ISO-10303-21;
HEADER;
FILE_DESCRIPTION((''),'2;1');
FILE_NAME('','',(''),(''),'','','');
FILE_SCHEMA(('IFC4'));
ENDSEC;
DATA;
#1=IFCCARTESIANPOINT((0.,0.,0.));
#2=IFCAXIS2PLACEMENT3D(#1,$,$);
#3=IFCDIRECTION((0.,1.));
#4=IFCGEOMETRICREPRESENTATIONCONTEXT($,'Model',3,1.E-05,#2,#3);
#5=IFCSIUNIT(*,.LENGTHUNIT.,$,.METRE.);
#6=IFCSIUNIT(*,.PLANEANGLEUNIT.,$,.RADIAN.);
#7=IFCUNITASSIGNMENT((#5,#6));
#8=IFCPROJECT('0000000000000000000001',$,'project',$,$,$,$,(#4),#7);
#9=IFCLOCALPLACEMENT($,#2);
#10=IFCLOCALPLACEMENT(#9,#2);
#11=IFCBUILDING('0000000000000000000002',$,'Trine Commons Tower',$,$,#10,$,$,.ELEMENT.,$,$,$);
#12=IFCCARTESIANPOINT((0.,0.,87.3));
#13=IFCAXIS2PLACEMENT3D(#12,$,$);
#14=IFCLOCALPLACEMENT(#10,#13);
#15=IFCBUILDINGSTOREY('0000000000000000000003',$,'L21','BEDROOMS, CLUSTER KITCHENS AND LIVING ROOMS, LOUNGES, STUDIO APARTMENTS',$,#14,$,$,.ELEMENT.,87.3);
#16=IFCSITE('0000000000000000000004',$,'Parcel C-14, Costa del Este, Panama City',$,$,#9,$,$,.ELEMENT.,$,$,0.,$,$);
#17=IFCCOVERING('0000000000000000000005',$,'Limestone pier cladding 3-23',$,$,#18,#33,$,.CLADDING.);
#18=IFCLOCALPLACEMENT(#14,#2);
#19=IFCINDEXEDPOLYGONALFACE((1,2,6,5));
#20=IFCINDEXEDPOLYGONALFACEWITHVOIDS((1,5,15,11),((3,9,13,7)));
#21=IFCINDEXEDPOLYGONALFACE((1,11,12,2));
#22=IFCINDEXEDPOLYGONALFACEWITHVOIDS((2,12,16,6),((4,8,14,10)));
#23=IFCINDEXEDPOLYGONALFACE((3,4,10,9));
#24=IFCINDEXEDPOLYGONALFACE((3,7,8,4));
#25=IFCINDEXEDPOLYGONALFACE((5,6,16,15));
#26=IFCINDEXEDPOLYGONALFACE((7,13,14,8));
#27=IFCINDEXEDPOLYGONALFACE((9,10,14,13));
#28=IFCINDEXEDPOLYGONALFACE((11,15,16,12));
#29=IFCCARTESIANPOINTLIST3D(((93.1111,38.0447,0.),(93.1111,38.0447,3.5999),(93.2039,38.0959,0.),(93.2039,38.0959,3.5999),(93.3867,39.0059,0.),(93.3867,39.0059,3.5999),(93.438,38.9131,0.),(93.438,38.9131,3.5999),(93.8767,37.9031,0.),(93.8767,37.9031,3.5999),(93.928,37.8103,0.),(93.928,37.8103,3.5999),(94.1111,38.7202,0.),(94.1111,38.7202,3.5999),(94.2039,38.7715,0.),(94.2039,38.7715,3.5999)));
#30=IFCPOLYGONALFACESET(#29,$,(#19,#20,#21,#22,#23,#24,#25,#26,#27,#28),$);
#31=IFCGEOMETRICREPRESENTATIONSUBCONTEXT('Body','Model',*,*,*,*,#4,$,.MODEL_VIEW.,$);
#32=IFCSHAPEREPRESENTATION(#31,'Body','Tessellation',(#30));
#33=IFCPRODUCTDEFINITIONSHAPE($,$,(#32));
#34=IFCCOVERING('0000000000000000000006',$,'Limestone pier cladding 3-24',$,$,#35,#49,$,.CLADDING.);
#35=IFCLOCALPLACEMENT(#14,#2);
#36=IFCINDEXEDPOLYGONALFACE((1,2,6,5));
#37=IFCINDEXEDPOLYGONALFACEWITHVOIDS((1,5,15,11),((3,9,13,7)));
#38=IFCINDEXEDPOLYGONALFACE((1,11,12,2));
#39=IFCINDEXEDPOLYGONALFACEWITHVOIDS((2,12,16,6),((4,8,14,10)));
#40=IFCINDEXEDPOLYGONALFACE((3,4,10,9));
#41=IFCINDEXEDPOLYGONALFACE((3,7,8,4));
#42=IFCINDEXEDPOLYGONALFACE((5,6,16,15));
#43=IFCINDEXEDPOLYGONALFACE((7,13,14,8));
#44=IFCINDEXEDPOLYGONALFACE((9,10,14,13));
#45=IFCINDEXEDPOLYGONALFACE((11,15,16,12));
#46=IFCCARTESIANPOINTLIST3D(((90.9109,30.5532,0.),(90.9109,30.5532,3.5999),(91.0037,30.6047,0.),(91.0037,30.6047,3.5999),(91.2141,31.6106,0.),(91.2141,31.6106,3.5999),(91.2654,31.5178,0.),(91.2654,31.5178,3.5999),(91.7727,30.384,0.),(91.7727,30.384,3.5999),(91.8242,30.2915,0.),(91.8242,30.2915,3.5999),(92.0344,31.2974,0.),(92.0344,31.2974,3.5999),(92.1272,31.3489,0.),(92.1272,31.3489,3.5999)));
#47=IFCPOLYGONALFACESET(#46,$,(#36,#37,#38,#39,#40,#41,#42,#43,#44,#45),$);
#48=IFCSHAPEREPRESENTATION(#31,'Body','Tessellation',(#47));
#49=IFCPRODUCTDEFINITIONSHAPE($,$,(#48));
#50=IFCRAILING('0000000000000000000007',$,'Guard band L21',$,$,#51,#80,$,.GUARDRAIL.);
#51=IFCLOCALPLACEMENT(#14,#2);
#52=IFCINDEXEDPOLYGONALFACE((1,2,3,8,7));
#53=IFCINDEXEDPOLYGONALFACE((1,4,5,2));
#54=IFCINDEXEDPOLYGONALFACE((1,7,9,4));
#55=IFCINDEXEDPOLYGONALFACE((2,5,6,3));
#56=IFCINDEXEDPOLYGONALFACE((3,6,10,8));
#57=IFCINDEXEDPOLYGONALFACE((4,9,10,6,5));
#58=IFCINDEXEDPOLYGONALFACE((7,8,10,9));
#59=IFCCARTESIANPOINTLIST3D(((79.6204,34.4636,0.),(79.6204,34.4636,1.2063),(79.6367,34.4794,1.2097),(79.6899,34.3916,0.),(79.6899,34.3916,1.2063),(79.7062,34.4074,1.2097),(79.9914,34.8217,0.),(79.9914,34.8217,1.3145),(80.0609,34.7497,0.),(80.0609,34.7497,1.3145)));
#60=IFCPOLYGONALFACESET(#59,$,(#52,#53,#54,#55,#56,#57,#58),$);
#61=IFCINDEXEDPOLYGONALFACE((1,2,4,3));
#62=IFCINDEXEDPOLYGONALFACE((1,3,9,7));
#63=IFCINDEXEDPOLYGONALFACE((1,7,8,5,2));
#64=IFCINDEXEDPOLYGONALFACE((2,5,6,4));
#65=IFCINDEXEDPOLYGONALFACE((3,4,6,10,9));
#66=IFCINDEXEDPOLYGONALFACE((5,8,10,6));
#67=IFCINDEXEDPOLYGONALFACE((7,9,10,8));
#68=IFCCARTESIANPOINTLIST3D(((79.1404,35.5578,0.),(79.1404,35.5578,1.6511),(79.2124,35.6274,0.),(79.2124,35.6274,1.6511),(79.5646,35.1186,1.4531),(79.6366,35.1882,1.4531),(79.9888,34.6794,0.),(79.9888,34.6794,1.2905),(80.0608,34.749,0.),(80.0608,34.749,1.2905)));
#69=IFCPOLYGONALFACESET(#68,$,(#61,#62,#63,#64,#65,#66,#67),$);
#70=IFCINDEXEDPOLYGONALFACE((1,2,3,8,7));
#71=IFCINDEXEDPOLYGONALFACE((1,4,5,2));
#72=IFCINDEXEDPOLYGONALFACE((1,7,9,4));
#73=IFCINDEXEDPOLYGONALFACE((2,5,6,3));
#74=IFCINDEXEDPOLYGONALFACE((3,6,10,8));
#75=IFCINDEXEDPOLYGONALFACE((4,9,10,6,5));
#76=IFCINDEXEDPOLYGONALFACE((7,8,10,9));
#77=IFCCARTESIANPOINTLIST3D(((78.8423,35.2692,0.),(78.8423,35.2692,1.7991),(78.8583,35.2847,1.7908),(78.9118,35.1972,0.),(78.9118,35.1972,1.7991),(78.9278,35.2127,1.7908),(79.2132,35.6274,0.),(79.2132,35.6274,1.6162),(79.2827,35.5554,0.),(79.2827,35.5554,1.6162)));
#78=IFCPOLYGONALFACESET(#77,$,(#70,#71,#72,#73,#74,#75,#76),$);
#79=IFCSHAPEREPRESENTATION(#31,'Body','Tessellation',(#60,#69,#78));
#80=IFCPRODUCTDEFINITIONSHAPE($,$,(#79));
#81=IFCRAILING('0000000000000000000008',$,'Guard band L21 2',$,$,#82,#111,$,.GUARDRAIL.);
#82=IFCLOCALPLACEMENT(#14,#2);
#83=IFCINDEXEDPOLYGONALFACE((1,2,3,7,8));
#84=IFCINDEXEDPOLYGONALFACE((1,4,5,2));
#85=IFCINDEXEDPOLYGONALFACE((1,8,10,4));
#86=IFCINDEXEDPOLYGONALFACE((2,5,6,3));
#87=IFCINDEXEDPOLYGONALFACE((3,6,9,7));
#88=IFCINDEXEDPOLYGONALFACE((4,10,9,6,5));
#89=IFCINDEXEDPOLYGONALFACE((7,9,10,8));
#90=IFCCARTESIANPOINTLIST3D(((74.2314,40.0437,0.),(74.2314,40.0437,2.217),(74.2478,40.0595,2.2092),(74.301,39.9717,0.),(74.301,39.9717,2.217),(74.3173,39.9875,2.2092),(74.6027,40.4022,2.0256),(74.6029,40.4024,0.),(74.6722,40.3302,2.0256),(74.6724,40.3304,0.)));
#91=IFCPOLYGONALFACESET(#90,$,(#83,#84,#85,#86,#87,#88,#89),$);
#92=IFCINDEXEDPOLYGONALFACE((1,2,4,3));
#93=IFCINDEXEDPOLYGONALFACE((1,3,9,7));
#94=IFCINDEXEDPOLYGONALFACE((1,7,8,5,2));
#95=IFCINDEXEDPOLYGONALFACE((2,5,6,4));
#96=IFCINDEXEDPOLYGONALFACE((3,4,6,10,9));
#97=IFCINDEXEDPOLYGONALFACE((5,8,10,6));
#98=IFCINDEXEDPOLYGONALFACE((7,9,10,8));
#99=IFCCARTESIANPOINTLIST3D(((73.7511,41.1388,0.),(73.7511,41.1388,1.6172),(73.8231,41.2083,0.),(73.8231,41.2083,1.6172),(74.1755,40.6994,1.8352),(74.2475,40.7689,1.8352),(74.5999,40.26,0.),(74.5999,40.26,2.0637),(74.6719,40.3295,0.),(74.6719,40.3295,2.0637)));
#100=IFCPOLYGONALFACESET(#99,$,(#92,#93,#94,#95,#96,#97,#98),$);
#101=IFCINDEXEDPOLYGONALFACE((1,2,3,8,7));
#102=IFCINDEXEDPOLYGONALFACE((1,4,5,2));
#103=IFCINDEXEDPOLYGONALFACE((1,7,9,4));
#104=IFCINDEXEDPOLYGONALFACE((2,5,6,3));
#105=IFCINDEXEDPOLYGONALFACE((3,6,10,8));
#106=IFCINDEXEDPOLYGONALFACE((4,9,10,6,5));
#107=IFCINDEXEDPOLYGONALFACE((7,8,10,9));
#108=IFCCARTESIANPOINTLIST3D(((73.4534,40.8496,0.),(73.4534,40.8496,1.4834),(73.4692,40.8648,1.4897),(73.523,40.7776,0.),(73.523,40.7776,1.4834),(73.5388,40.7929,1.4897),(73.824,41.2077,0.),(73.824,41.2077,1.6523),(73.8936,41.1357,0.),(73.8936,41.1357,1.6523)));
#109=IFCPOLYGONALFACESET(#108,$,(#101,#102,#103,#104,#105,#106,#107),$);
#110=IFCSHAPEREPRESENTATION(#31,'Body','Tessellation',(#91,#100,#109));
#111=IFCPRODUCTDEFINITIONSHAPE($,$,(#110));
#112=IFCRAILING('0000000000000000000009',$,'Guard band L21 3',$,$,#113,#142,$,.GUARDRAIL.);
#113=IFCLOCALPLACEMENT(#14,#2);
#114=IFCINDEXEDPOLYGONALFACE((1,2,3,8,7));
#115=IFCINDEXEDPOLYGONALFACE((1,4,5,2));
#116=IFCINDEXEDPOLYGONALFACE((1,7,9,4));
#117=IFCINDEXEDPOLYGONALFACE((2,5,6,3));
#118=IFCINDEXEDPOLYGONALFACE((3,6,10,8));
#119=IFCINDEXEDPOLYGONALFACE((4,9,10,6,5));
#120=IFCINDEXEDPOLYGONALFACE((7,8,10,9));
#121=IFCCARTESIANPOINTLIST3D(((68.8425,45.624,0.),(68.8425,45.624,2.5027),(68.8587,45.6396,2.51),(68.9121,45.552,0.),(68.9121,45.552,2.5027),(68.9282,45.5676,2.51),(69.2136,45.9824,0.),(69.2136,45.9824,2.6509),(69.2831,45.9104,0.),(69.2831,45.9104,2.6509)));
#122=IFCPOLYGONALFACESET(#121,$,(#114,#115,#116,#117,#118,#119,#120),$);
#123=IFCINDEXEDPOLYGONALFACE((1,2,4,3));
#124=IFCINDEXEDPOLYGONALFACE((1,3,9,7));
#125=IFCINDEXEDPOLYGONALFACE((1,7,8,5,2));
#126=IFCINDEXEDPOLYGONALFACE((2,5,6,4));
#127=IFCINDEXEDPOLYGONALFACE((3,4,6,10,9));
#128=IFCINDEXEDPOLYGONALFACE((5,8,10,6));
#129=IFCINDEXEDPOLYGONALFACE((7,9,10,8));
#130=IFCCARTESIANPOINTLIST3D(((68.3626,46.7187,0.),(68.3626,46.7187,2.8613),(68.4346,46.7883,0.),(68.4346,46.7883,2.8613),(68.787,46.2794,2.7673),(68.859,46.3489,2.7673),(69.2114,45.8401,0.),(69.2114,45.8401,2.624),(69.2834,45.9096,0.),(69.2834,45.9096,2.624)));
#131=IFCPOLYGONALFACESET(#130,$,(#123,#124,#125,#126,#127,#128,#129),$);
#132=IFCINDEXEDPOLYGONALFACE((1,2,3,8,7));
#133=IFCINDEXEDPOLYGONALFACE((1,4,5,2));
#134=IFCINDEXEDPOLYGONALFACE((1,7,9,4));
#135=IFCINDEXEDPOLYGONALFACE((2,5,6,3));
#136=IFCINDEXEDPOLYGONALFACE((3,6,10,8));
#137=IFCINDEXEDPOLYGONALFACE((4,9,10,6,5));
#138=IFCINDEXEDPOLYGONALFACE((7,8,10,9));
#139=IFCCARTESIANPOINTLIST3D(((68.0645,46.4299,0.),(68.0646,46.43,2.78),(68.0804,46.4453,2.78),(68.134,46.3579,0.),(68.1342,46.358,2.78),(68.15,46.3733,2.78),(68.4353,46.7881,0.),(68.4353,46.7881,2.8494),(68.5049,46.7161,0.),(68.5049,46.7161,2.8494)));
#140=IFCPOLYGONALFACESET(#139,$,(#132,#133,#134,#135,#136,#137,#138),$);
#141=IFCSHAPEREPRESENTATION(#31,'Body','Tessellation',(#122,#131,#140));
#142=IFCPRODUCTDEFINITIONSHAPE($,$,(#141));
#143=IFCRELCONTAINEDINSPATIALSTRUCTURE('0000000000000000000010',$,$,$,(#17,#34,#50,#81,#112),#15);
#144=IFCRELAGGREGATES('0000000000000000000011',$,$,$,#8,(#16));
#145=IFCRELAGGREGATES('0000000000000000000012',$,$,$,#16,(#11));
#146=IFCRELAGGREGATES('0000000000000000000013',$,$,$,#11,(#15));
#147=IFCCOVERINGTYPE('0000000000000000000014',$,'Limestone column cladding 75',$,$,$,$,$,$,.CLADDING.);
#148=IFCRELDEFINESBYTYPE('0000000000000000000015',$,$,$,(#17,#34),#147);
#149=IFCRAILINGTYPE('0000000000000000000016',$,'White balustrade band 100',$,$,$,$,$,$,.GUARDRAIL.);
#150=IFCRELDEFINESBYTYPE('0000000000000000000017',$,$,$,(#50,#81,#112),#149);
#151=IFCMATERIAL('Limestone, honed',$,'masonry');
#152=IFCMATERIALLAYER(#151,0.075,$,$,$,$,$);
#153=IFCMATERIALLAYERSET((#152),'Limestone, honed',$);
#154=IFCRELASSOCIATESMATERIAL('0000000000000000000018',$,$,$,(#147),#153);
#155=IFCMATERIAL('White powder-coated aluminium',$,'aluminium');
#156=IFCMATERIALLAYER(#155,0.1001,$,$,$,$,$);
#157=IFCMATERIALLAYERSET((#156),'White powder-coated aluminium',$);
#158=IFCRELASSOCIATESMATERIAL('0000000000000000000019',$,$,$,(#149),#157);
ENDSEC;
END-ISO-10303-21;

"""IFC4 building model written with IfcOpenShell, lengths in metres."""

from ifc_helpers import new_model, si_unit, direction, frame, origin, place, context, subcontext, project, spatial, polyline, outline, extrude, material, layer, layer_set, type_object, element, save


model = new_model("IFC4")

# Units and contexts
model_context = context("Model", 3, precision=1e-05, world=origin(), true_north=direction((0.0, 1.0)))
body_context = subcontext(model_context, "Body", "Model", "MODEL_VIEW")
ifc_project = project(units=[si_unit("LENGTHUNIT", "METRE"), si_unit("PLANEANGLEUNIT", "RADIAN")], contexts=[model_context])

# Site, building, storey
site_placement = place(None, origin())
site = spatial("IfcSite", under=ifc_project, at=site_placement, Name="Parcel C-14, Costa del Este, Panama City", CompositionType="ELEMENT", RefElevation=0.0)
building_placement = place(site_placement, origin())
building = spatial("IfcBuilding", under=site, at=building_placement, Name="Trine Commons Tower", CompositionType="ELEMENT")
storey_placement = place(building_placement, frame((0.0, 0.0, 87.3)))
storey = spatial("IfcBuildingStorey", under=building, at=storey_placement, Name="L21", Description="BEDROOMS, CLUSTER KITCHENS AND LIVING ROOMS, LOUNGES, STUDIO APARTMENTS", CompositionType="ELEMENT", Elevation=87.3)

# Coverings
ifc_material_1 = material(Name="Limestone, honed", Category="masonry")
ifc_layer_1 = layer(ifc_material_1, 0.075)
ifc_layer_set_1 = layer_set([ifc_layer_1], Name="Limestone, honed")
covering_type = type_object("IfcCoveringType", Name="Limestone column cladding 75", PredefinedType="CLADDING", material=ifc_layer_set_1)
covering_1_placement = place(storey_placement, origin())
element("IfcCovering", 1, at=covering_1_placement, inside=storey, type_object=covering_type, Name="Limestone pier cladding 3-23", PredefinedType="CLADDING", context=body_context, shape_type="SweptSolid", body=[
    extrude(outline(polyline([(94.2039, 38.7715), (93.3867, 39.0059), (93.1111, 38.0447), (93.928, 37.8103), (94.2039, 38.7715)]), holes=[polyline([(94.1111, 38.7202), (93.438, 38.9131), (93.2039, 38.0959), (93.8767, 37.9031), (94.1111, 38.7202)])]), origin(), (0.0, 0.0, 1.0), 3.5999),
])
covering_2_placement = place(storey_placement, origin())
element("IfcCovering", 2, at=covering_2_placement, inside=storey, type_object=covering_type, Name="Limestone pier cladding 3-24", PredefinedType="CLADDING", context=body_context, shape_type="SweptSolid", body=[
    extrude(outline(polyline([(92.1272, 31.3489), (91.2141, 31.6106), (90.9109, 30.5532), (91.8242, 30.2915), (92.1272, 31.3489)]), holes=[polyline([(92.0344, 31.2974), (91.2654, 31.5178), (91.0037, 30.6047), (91.7727, 30.384), (92.0344, 31.2974)])]), origin(), (0.0, 0.0, 1.0), 3.5999),
])

# Railings
ifc_material_2 = material(Name="White powder-coated aluminium", Category="aluminium")
ifc_layer_2 = layer(ifc_material_2, 0.1001)
ifc_layer_set_2 = layer_set([ifc_layer_2], Name="White powder-coated aluminium")
railing_type = type_object("IfcRailingType", Name="White balustrade band 100", PredefinedType="GUARDRAIL", material=ifc_layer_set_2)
railing_1_placement = place(storey_placement, origin())
element("IfcRailing", 3, at=railing_1_placement, inside=storey, type_object=railing_type, Name="Guard band L21", PredefinedType="GUARDRAIL", context=body_context, shape_type="SweptSolid", body=[
    extrude(outline(polyline([(0.0, 0.0), (0.5156, 0.0), (0.5156, 1.3145), (0.5156, 1.3145), (0.0227, 1.2097), (0.0, 1.2063), (0.0, 0.0)])), frame((79.6204, 34.4636, 0.0), z_axis=(0.694451, -0.71954, 0.0), x_axis=(0.71954, 0.694451, 0.0)), (0.0, 0.0, 1.0), 0.1001),
    extrude(outline(polyline([(0.0, 0.0), (1.2212, 0.0), (1.2212, 1.6511), (0.6106, 1.4531), (0.0, 1.2905), (0.0, 0.0)])), frame((79.9888, 34.6794, 0.0), z_axis=(0.719295, 0.694705, 0.0), x_axis=(-0.694705, 0.719295, 0.0)), (0.0, 0.0, 1.0), 0.1001),
    extrude(outline(polyline([(0.0, 0.0), (0.5156, 0.0), (0.5156, 1.7991), (0.4934, 1.7908), (0.0, 1.6162), (0.0, 0.0)])), frame((79.2827, 35.5554, 0.0), z_axis=(-0.694687, 0.719312, 0.0), x_axis=(-0.719312, -0.694687, 0.0)), (0.0, 0.0, 1.0), 0.1001),
])
railing_2_placement = place(storey_placement, origin())
element("IfcRailing", 4, at=railing_2_placement, inside=storey, type_object=railing_type, Name="Guard band L21 2", PredefinedType="GUARDRAIL", context=body_context, shape_type="SweptSolid", body=[
    extrude(outline(polyline([(0.0, 0.0), (0.5164, 0.0), (0.5161, 2.0256), (0.5161, 2.0256), (0.0227, 2.2092), (0.0, 2.217), (0.0, 0.0)])), frame((74.2314, 40.0437, 0.0), z_axis=(0.694704, -0.719296, 0.0), x_axis=(0.719296, 0.694704, 0.0)), (0.0, 0.0, 1.0), 0.1001),
    extrude(outline(polyline([(0.0, 0.0), (1.2217, 0.0), (1.2217, 1.6172), (0.6108, 1.8352), (0.0, 2.0637), (0.0, 0.0)])), frame((74.5999, 40.26, 0.0), z_axis=(0.719291, 0.694709, 0.0), x_axis=(-0.694709, 0.719291, 0.0)), (0.0, 0.0, 1.0), 0.1001),
    extrude(outline(polyline([(0.0, 0.0), (0.5154, 0.0), (0.5154, 1.4834), (0.4934, 1.4897), (0.0, 1.6523), (0.0, 0.0)])), frame((73.8936, 41.1357, 0.0), z_axis=(-0.694924, 0.719083, 0.0), x_axis=(-0.719083, -0.694924, 0.0)), (0.0, 0.0, 1.0), 0.1001),
])
railing_3_placement = place(storey_placement, origin())
element("IfcRailing", 5, at=railing_3_placement, inside=storey, type_object=railing_type, Name="Guard band L21 3", PredefinedType="GUARDRAIL", context=body_context, shape_type="SweptSolid", body=[
    extrude(outline(polyline([(0.0, 0.0), (0.5159, 0.0), (0.5159, 2.6509), (0.5159, 2.6509), (0.0225, 2.51), (0.0, 2.5027), (0.0, 0.0)])), frame((68.8425, 45.624, 0.0), z_axis=(0.694696, -0.719304, 0.0), x_axis=(0.719304, 0.694696, 0.0)), (0.0, 0.0, 1.0), 0.1001),
    extrude(outline(polyline([(0.0, 0.0), (1.2217, 0.0), (1.2217, 2.8613), (0.6108, 2.7673), (0.0, 2.624), (0.0, 0.0)])), frame((69.2114, 45.8401, 0.0), z_axis=(0.719191, 0.694812, 0.0), x_axis=(-0.694812, 0.719191, 0.0)), (0.0, 0.0, 1.0), 0.1001),
    extrude(outline(polyline([(0.0, 0.0), (0.5156, 0.0), (0.5154, 2.78), (0.4934, 2.78), (0.0, 2.8494), (0.0, 0.0)])), frame((68.5049, 46.7161, 0.0), z_axis=(-0.694687, 0.719312, 0.0), x_axis=(-0.719312, -0.694687, 0.0)), (0.0, 0.0, 1.0), 0.1001),
])

save(model, "model.ifc")
